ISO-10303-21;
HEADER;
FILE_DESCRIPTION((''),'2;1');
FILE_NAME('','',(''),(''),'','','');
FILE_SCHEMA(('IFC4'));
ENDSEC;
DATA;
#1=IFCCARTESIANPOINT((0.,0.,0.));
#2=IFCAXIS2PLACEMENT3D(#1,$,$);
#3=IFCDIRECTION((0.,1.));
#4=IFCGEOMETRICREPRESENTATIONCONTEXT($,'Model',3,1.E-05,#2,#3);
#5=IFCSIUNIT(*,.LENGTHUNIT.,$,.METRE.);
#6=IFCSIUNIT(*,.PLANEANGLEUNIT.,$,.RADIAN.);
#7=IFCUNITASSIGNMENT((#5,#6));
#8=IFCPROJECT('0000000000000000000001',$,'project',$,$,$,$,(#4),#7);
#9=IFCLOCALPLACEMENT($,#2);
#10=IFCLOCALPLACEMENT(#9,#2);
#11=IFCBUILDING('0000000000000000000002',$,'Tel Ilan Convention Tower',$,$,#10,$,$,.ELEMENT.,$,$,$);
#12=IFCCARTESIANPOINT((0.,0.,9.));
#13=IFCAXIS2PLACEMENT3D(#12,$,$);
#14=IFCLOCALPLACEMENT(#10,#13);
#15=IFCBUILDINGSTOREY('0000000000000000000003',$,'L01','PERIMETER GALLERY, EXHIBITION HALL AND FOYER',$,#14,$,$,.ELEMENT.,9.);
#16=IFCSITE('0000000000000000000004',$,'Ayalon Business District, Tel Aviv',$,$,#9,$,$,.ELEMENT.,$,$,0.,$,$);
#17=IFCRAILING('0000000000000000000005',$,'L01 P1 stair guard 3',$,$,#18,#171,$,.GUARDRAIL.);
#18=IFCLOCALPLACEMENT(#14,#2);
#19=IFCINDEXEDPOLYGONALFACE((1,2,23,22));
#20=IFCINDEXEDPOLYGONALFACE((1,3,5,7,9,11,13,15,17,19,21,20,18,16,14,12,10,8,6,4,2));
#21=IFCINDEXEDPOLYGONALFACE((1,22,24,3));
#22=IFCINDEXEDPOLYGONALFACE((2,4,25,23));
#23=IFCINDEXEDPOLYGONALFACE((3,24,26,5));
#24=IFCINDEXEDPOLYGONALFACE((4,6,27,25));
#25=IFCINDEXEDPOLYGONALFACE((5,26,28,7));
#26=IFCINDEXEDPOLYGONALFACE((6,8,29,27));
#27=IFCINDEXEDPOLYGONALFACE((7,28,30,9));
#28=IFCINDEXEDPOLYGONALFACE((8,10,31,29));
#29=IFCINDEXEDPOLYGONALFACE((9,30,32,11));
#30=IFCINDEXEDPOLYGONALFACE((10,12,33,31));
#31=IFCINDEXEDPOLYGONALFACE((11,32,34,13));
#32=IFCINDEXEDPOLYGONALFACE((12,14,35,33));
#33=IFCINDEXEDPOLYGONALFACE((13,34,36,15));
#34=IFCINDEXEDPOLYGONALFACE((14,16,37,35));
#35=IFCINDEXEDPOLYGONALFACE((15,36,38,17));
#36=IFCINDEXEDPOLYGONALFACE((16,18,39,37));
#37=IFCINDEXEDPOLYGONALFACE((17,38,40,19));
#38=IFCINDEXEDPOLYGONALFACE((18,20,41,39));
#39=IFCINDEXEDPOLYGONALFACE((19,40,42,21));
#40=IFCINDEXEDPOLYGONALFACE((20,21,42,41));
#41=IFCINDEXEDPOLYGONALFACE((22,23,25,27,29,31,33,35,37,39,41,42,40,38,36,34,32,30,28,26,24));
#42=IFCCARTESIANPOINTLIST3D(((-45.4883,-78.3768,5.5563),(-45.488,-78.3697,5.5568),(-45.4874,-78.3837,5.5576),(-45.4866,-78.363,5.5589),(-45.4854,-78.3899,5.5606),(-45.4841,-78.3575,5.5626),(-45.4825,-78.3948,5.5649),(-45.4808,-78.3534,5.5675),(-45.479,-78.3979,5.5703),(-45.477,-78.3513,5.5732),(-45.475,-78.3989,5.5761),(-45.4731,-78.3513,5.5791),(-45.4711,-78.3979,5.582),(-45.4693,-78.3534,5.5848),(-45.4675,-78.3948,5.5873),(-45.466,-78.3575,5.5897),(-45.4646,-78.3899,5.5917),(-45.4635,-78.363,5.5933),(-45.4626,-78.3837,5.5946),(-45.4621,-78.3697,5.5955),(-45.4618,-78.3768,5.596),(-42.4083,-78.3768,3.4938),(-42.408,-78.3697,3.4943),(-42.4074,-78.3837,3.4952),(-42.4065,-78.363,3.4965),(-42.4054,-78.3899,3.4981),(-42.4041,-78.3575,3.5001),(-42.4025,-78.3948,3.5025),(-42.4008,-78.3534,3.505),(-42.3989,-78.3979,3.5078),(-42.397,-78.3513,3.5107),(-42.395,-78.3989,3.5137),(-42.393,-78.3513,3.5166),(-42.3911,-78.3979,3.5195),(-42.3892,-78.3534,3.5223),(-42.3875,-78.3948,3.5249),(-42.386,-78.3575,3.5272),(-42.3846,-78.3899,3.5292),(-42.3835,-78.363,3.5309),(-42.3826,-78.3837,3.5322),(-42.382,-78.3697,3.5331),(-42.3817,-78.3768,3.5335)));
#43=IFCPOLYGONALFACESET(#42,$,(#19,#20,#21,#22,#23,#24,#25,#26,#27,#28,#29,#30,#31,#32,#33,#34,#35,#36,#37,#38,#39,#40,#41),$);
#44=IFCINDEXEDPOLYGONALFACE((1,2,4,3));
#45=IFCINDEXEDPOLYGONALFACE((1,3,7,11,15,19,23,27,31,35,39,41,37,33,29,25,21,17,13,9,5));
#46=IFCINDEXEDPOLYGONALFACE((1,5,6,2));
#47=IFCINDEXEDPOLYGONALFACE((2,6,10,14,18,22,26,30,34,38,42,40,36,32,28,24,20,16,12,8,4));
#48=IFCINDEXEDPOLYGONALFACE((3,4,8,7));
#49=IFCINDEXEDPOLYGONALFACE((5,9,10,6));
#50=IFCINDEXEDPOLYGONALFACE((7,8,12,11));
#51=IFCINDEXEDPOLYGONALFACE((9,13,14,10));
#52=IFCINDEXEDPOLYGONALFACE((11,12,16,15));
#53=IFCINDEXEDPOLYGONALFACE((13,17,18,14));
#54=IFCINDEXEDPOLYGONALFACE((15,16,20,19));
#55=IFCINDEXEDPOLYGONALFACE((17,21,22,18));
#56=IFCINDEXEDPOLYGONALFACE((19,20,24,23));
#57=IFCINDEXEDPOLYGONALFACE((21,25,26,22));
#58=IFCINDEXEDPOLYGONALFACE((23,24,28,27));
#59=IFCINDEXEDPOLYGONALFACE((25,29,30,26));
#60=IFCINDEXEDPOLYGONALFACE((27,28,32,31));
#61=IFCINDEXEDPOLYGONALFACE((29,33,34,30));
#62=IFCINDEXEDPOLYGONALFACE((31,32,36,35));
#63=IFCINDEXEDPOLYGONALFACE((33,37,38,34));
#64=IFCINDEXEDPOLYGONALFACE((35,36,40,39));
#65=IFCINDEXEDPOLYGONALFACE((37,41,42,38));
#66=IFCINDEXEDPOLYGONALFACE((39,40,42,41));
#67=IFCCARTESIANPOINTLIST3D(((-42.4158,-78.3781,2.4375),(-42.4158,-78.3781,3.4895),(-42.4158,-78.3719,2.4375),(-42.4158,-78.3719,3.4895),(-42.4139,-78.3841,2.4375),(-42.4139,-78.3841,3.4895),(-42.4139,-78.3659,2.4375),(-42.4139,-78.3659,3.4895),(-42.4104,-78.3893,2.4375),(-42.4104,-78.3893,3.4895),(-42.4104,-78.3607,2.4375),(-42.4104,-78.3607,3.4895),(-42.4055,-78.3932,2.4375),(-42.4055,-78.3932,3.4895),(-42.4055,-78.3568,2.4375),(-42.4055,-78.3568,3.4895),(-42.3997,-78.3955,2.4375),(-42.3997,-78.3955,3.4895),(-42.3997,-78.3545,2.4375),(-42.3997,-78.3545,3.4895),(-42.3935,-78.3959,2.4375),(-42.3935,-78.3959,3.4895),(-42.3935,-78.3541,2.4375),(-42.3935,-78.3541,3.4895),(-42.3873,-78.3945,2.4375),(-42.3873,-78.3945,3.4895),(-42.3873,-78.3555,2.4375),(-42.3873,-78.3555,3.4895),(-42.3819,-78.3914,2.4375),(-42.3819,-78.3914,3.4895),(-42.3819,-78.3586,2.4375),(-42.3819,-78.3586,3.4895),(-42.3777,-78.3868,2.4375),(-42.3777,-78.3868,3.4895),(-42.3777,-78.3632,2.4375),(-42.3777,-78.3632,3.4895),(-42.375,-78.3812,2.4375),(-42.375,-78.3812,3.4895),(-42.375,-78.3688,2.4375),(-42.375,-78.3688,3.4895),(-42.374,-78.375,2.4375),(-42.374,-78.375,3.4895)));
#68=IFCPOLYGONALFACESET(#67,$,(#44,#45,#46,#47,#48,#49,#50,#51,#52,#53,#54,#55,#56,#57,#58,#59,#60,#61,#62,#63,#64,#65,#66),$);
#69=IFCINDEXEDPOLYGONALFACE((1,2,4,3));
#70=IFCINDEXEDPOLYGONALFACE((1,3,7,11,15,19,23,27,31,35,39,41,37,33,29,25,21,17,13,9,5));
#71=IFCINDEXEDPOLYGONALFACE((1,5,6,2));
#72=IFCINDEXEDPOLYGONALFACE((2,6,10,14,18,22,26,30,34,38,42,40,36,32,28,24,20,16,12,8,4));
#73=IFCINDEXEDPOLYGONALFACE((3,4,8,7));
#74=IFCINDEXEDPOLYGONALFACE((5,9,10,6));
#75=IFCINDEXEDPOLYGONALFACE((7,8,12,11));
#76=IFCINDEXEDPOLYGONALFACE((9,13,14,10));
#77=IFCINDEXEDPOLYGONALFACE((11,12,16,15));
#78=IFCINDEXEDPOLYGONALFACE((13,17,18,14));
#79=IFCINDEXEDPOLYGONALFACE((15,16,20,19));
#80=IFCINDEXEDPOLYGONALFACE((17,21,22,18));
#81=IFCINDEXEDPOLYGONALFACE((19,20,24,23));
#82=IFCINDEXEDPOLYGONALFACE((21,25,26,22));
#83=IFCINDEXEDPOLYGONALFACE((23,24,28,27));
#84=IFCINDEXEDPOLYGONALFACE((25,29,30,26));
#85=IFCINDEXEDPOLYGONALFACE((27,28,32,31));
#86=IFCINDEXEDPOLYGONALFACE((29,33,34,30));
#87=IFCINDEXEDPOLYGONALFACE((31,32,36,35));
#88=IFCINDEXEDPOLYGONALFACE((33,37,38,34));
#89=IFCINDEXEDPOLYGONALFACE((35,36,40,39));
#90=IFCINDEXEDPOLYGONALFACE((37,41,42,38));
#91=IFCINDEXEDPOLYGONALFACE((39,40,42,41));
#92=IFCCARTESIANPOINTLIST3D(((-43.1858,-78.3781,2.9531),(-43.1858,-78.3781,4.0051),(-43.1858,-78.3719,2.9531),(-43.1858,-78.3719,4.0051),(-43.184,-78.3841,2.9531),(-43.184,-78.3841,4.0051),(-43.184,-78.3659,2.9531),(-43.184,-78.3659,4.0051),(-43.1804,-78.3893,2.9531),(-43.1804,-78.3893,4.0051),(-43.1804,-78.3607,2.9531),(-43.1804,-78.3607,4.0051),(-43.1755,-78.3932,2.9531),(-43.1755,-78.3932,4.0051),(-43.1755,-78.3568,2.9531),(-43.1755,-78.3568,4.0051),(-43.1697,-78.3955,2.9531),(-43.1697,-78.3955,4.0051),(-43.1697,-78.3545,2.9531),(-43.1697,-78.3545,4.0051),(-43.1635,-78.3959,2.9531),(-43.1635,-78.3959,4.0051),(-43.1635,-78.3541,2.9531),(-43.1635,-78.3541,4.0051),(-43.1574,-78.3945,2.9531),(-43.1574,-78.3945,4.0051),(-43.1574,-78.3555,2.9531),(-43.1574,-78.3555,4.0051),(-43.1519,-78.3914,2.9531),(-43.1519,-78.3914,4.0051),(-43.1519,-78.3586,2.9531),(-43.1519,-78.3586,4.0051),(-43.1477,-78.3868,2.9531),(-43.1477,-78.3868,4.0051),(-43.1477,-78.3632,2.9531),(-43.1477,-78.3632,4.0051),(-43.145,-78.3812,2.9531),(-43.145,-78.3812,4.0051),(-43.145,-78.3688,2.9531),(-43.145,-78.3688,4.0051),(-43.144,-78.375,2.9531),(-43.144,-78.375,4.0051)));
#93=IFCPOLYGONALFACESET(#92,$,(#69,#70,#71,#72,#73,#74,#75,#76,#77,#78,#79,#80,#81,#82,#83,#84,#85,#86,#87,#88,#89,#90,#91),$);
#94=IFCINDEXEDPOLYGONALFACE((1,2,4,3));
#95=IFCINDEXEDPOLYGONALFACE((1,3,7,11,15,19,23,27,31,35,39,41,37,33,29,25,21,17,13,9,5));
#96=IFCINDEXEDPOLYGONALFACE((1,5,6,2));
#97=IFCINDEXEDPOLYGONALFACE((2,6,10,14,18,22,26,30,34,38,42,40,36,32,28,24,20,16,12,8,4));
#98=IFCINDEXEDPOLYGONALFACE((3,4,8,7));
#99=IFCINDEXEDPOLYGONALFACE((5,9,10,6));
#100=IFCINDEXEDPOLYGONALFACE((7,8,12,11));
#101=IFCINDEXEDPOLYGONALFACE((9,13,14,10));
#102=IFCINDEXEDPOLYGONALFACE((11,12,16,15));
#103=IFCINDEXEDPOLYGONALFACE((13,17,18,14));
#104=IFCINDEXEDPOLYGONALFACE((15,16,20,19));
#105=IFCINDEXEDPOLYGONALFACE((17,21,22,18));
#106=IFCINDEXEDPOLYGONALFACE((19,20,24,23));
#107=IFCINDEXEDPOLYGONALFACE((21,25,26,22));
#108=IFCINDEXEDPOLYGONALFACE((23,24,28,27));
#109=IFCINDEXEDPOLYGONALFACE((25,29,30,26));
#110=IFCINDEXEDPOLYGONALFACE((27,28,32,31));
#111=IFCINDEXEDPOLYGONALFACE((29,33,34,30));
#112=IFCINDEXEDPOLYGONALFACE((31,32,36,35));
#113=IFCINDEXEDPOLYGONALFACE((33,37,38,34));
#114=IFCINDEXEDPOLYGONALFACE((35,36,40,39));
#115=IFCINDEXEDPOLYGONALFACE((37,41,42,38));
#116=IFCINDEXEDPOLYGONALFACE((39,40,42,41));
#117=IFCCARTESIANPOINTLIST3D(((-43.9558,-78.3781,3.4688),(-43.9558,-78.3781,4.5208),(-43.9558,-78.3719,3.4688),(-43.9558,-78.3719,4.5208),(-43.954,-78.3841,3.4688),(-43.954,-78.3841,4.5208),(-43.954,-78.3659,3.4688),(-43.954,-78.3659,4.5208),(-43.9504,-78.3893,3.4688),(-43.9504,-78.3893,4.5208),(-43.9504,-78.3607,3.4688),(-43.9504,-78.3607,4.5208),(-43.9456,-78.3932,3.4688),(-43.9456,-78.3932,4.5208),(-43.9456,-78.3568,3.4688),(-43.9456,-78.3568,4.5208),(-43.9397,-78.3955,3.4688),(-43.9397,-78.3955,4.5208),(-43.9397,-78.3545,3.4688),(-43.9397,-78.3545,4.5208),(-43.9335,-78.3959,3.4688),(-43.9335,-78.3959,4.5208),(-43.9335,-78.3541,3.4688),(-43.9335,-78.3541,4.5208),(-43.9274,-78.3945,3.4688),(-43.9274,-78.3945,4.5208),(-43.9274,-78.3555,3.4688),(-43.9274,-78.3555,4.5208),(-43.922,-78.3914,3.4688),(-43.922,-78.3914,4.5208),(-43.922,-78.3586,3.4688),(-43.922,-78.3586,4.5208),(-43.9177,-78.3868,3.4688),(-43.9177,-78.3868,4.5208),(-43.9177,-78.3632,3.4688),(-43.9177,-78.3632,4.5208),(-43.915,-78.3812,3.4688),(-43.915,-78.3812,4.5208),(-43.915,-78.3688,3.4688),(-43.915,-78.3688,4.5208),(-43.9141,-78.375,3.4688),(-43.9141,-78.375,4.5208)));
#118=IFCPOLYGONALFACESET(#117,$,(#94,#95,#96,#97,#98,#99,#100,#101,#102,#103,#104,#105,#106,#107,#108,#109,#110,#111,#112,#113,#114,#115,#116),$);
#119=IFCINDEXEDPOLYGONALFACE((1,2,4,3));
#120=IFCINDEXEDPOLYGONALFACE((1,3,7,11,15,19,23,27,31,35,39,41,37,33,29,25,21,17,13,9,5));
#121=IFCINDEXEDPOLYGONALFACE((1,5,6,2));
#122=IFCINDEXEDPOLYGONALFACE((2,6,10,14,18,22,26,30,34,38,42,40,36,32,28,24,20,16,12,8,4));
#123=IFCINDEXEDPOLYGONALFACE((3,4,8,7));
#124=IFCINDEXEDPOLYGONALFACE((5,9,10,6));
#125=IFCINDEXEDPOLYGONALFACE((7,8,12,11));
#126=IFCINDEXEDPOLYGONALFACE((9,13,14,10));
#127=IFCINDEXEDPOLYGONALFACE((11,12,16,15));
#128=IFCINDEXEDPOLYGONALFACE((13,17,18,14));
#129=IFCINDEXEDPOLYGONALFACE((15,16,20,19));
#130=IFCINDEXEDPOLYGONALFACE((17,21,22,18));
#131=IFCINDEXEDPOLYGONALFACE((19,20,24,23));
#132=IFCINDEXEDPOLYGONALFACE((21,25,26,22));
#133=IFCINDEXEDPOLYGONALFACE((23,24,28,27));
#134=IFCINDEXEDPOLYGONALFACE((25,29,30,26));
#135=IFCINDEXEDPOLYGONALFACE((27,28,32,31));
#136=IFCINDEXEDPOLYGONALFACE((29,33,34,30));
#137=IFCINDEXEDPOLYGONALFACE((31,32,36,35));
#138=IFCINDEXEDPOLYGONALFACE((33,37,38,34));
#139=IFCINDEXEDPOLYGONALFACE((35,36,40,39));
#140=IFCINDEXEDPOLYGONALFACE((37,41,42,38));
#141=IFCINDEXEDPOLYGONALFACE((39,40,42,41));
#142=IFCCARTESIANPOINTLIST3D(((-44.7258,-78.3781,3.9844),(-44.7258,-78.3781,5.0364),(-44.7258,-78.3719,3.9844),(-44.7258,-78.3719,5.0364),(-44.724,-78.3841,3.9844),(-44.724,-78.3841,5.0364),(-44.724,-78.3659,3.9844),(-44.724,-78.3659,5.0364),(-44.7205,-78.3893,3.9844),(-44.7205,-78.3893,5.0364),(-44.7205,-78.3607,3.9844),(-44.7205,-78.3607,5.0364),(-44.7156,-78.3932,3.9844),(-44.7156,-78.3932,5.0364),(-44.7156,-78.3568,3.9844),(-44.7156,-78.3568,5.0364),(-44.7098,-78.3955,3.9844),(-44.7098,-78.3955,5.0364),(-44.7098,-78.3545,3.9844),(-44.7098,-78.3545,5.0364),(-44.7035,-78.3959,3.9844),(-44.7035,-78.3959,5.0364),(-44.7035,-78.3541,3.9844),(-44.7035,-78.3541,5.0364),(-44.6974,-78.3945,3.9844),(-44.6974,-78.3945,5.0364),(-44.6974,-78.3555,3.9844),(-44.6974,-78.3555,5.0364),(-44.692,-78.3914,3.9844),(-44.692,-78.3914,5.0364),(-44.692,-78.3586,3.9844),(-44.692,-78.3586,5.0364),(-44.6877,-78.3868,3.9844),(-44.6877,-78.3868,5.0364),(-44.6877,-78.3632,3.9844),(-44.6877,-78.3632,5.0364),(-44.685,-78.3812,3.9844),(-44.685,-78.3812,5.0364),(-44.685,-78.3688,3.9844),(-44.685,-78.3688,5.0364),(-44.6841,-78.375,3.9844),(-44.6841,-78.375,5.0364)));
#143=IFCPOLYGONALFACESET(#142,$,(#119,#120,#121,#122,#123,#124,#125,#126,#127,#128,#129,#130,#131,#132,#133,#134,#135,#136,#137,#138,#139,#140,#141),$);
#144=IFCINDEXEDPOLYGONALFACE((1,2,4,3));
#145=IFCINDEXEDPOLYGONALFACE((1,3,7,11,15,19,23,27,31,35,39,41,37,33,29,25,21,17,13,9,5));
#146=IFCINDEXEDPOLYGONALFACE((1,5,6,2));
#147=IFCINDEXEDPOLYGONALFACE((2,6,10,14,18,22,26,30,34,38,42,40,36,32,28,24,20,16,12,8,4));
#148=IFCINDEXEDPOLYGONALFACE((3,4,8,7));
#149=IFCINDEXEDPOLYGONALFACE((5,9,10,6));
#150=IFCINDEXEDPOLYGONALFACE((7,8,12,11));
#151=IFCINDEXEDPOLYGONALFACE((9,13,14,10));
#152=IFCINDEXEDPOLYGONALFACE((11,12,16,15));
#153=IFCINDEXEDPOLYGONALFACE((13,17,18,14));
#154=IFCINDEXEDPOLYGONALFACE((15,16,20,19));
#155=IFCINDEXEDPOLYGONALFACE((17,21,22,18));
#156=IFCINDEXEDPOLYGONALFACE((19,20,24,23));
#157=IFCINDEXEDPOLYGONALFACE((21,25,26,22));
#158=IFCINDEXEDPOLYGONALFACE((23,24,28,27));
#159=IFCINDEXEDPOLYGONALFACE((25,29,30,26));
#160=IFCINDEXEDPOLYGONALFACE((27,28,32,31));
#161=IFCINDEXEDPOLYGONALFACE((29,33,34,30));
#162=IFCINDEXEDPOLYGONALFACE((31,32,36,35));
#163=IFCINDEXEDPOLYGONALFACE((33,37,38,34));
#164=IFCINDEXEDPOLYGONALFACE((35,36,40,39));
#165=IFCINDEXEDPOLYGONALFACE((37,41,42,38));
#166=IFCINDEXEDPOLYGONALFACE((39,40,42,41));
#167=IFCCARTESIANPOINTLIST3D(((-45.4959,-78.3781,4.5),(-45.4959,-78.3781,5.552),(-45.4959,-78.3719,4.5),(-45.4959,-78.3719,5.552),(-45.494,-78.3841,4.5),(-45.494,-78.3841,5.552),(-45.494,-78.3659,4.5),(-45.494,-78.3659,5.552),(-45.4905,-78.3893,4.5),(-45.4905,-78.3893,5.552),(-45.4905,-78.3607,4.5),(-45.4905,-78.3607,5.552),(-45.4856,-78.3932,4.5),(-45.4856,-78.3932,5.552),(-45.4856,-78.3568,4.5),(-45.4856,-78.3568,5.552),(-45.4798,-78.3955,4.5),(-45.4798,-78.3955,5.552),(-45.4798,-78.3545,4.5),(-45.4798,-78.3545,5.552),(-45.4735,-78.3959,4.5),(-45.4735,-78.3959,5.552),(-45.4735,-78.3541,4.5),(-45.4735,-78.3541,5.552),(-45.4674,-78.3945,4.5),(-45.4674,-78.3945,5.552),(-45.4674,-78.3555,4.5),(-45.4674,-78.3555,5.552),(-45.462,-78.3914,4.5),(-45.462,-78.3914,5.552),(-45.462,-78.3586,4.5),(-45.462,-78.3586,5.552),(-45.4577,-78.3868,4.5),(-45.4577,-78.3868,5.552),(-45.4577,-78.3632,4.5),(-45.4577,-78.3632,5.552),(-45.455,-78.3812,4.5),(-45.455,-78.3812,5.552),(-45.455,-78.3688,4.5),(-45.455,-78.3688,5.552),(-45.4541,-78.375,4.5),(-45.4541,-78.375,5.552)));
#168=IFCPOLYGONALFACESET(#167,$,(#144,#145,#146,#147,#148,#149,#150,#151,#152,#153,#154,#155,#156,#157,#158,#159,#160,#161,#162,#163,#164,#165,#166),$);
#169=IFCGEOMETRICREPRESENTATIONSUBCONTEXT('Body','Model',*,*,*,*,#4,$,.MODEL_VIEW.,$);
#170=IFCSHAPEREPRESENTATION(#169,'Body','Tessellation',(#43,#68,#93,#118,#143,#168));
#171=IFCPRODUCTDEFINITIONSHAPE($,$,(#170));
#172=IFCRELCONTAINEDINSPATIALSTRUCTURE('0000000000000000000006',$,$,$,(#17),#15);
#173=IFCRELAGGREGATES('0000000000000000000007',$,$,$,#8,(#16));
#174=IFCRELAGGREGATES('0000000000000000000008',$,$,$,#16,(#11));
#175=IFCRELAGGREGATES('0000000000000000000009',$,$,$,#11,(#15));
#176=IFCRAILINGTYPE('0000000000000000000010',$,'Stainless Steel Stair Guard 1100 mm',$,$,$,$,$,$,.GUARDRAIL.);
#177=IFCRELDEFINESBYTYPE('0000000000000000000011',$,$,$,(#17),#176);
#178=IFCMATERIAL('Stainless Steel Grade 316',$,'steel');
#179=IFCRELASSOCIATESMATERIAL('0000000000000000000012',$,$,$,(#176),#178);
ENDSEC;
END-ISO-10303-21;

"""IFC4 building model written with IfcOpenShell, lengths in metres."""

from ifc_helpers import new_model, si_unit, direction, frame, origin, origin_2d, place, context, subcontext, project, spatial, circle, extrude, material, type_object, element, save


model = new_model("IFC4")

# Units and contexts
model_context = context("Model", 3, precision=1e-05, world=origin(), true_north=direction((0.0, 1.0)))
body_context = subcontext(model_context, "Body", "Model", "MODEL_VIEW")
ifc_project = project(units=[si_unit("LENGTHUNIT", "METRE"), si_unit("PLANEANGLEUNIT", "RADIAN")], contexts=[model_context])

# Site, building, storey
site_placement = place(None, origin())
site = spatial("IfcSite", under=ifc_project, at=site_placement, Name="Ayalon Business District, Tel Aviv", CompositionType="ELEMENT", RefElevation=0.0)
building_placement = place(site_placement, origin())
building = spatial("IfcBuilding", under=site, at=building_placement, Name="Tel Ilan Convention Tower", CompositionType="ELEMENT")
storey_placement = place(building_placement, frame((0.0, 0.0, 9.0)))
storey = spatial("IfcBuildingStorey", under=building, at=storey_placement, Name="L01", Description="PERIMETER GALLERY, EXHIBITION HALL AND FOYER", CompositionType="ELEMENT", Elevation=9.0)

# Railing
ifc_material_1 = material(Name="Stainless Steel Grade 316", Category="steel")
railing_type_1 = type_object("IfcRailingType", Name="Stainless Steel Stair Guard 1100 mm", PredefinedType="GUARDRAIL", material=ifc_material_1)
railing_1_placement = place(storey_placement, frame((-42.395, -78.375, 2.4375)))
element("IfcRailing", 1, at=railing_1_placement, inside=storey, type_object=railing_type_1, Name="L01 P1 stair guard 3", PredefinedType="GUARDRAIL", context=body_context, shape_type="SweptSolid", body=[
    extrude(circle(Radius=0.0239, at=origin_2d()), frame((0.0, 0.0, 1.0762), z_axis=(-0.830914, 0.0, 0.556401), x_axis=(0.0, -1.0, 0.0)), (0.0, 0.0, 1.0), 3.7068),
    extrude(circle(Radius=0.021, at=origin_2d()), origin(), (0.0, 0.0, 1.0), 1.052),
    extrude(circle(Radius=0.021, at=origin_2d()), frame((-0.77, 0.0, 0.5156)), (0.0, 0.0, 1.0), 1.052),
    extrude(circle(Radius=0.021, at=origin_2d()), frame((-1.54, 0.0, 1.0312)), (0.0, 0.0, 1.0), 1.052),
    extrude(circle(Radius=0.021, at=origin_2d()), frame((-2.3101, 0.0, 1.5469)), (0.0, 0.0, 1.0), 1.052),
    extrude(circle(Radius=0.021, at=origin_2d()), frame((-3.0801, 0.0, 2.0625)), (0.0, 0.0, 1.0), 1.052),
])

save(model, "model.ifc")
